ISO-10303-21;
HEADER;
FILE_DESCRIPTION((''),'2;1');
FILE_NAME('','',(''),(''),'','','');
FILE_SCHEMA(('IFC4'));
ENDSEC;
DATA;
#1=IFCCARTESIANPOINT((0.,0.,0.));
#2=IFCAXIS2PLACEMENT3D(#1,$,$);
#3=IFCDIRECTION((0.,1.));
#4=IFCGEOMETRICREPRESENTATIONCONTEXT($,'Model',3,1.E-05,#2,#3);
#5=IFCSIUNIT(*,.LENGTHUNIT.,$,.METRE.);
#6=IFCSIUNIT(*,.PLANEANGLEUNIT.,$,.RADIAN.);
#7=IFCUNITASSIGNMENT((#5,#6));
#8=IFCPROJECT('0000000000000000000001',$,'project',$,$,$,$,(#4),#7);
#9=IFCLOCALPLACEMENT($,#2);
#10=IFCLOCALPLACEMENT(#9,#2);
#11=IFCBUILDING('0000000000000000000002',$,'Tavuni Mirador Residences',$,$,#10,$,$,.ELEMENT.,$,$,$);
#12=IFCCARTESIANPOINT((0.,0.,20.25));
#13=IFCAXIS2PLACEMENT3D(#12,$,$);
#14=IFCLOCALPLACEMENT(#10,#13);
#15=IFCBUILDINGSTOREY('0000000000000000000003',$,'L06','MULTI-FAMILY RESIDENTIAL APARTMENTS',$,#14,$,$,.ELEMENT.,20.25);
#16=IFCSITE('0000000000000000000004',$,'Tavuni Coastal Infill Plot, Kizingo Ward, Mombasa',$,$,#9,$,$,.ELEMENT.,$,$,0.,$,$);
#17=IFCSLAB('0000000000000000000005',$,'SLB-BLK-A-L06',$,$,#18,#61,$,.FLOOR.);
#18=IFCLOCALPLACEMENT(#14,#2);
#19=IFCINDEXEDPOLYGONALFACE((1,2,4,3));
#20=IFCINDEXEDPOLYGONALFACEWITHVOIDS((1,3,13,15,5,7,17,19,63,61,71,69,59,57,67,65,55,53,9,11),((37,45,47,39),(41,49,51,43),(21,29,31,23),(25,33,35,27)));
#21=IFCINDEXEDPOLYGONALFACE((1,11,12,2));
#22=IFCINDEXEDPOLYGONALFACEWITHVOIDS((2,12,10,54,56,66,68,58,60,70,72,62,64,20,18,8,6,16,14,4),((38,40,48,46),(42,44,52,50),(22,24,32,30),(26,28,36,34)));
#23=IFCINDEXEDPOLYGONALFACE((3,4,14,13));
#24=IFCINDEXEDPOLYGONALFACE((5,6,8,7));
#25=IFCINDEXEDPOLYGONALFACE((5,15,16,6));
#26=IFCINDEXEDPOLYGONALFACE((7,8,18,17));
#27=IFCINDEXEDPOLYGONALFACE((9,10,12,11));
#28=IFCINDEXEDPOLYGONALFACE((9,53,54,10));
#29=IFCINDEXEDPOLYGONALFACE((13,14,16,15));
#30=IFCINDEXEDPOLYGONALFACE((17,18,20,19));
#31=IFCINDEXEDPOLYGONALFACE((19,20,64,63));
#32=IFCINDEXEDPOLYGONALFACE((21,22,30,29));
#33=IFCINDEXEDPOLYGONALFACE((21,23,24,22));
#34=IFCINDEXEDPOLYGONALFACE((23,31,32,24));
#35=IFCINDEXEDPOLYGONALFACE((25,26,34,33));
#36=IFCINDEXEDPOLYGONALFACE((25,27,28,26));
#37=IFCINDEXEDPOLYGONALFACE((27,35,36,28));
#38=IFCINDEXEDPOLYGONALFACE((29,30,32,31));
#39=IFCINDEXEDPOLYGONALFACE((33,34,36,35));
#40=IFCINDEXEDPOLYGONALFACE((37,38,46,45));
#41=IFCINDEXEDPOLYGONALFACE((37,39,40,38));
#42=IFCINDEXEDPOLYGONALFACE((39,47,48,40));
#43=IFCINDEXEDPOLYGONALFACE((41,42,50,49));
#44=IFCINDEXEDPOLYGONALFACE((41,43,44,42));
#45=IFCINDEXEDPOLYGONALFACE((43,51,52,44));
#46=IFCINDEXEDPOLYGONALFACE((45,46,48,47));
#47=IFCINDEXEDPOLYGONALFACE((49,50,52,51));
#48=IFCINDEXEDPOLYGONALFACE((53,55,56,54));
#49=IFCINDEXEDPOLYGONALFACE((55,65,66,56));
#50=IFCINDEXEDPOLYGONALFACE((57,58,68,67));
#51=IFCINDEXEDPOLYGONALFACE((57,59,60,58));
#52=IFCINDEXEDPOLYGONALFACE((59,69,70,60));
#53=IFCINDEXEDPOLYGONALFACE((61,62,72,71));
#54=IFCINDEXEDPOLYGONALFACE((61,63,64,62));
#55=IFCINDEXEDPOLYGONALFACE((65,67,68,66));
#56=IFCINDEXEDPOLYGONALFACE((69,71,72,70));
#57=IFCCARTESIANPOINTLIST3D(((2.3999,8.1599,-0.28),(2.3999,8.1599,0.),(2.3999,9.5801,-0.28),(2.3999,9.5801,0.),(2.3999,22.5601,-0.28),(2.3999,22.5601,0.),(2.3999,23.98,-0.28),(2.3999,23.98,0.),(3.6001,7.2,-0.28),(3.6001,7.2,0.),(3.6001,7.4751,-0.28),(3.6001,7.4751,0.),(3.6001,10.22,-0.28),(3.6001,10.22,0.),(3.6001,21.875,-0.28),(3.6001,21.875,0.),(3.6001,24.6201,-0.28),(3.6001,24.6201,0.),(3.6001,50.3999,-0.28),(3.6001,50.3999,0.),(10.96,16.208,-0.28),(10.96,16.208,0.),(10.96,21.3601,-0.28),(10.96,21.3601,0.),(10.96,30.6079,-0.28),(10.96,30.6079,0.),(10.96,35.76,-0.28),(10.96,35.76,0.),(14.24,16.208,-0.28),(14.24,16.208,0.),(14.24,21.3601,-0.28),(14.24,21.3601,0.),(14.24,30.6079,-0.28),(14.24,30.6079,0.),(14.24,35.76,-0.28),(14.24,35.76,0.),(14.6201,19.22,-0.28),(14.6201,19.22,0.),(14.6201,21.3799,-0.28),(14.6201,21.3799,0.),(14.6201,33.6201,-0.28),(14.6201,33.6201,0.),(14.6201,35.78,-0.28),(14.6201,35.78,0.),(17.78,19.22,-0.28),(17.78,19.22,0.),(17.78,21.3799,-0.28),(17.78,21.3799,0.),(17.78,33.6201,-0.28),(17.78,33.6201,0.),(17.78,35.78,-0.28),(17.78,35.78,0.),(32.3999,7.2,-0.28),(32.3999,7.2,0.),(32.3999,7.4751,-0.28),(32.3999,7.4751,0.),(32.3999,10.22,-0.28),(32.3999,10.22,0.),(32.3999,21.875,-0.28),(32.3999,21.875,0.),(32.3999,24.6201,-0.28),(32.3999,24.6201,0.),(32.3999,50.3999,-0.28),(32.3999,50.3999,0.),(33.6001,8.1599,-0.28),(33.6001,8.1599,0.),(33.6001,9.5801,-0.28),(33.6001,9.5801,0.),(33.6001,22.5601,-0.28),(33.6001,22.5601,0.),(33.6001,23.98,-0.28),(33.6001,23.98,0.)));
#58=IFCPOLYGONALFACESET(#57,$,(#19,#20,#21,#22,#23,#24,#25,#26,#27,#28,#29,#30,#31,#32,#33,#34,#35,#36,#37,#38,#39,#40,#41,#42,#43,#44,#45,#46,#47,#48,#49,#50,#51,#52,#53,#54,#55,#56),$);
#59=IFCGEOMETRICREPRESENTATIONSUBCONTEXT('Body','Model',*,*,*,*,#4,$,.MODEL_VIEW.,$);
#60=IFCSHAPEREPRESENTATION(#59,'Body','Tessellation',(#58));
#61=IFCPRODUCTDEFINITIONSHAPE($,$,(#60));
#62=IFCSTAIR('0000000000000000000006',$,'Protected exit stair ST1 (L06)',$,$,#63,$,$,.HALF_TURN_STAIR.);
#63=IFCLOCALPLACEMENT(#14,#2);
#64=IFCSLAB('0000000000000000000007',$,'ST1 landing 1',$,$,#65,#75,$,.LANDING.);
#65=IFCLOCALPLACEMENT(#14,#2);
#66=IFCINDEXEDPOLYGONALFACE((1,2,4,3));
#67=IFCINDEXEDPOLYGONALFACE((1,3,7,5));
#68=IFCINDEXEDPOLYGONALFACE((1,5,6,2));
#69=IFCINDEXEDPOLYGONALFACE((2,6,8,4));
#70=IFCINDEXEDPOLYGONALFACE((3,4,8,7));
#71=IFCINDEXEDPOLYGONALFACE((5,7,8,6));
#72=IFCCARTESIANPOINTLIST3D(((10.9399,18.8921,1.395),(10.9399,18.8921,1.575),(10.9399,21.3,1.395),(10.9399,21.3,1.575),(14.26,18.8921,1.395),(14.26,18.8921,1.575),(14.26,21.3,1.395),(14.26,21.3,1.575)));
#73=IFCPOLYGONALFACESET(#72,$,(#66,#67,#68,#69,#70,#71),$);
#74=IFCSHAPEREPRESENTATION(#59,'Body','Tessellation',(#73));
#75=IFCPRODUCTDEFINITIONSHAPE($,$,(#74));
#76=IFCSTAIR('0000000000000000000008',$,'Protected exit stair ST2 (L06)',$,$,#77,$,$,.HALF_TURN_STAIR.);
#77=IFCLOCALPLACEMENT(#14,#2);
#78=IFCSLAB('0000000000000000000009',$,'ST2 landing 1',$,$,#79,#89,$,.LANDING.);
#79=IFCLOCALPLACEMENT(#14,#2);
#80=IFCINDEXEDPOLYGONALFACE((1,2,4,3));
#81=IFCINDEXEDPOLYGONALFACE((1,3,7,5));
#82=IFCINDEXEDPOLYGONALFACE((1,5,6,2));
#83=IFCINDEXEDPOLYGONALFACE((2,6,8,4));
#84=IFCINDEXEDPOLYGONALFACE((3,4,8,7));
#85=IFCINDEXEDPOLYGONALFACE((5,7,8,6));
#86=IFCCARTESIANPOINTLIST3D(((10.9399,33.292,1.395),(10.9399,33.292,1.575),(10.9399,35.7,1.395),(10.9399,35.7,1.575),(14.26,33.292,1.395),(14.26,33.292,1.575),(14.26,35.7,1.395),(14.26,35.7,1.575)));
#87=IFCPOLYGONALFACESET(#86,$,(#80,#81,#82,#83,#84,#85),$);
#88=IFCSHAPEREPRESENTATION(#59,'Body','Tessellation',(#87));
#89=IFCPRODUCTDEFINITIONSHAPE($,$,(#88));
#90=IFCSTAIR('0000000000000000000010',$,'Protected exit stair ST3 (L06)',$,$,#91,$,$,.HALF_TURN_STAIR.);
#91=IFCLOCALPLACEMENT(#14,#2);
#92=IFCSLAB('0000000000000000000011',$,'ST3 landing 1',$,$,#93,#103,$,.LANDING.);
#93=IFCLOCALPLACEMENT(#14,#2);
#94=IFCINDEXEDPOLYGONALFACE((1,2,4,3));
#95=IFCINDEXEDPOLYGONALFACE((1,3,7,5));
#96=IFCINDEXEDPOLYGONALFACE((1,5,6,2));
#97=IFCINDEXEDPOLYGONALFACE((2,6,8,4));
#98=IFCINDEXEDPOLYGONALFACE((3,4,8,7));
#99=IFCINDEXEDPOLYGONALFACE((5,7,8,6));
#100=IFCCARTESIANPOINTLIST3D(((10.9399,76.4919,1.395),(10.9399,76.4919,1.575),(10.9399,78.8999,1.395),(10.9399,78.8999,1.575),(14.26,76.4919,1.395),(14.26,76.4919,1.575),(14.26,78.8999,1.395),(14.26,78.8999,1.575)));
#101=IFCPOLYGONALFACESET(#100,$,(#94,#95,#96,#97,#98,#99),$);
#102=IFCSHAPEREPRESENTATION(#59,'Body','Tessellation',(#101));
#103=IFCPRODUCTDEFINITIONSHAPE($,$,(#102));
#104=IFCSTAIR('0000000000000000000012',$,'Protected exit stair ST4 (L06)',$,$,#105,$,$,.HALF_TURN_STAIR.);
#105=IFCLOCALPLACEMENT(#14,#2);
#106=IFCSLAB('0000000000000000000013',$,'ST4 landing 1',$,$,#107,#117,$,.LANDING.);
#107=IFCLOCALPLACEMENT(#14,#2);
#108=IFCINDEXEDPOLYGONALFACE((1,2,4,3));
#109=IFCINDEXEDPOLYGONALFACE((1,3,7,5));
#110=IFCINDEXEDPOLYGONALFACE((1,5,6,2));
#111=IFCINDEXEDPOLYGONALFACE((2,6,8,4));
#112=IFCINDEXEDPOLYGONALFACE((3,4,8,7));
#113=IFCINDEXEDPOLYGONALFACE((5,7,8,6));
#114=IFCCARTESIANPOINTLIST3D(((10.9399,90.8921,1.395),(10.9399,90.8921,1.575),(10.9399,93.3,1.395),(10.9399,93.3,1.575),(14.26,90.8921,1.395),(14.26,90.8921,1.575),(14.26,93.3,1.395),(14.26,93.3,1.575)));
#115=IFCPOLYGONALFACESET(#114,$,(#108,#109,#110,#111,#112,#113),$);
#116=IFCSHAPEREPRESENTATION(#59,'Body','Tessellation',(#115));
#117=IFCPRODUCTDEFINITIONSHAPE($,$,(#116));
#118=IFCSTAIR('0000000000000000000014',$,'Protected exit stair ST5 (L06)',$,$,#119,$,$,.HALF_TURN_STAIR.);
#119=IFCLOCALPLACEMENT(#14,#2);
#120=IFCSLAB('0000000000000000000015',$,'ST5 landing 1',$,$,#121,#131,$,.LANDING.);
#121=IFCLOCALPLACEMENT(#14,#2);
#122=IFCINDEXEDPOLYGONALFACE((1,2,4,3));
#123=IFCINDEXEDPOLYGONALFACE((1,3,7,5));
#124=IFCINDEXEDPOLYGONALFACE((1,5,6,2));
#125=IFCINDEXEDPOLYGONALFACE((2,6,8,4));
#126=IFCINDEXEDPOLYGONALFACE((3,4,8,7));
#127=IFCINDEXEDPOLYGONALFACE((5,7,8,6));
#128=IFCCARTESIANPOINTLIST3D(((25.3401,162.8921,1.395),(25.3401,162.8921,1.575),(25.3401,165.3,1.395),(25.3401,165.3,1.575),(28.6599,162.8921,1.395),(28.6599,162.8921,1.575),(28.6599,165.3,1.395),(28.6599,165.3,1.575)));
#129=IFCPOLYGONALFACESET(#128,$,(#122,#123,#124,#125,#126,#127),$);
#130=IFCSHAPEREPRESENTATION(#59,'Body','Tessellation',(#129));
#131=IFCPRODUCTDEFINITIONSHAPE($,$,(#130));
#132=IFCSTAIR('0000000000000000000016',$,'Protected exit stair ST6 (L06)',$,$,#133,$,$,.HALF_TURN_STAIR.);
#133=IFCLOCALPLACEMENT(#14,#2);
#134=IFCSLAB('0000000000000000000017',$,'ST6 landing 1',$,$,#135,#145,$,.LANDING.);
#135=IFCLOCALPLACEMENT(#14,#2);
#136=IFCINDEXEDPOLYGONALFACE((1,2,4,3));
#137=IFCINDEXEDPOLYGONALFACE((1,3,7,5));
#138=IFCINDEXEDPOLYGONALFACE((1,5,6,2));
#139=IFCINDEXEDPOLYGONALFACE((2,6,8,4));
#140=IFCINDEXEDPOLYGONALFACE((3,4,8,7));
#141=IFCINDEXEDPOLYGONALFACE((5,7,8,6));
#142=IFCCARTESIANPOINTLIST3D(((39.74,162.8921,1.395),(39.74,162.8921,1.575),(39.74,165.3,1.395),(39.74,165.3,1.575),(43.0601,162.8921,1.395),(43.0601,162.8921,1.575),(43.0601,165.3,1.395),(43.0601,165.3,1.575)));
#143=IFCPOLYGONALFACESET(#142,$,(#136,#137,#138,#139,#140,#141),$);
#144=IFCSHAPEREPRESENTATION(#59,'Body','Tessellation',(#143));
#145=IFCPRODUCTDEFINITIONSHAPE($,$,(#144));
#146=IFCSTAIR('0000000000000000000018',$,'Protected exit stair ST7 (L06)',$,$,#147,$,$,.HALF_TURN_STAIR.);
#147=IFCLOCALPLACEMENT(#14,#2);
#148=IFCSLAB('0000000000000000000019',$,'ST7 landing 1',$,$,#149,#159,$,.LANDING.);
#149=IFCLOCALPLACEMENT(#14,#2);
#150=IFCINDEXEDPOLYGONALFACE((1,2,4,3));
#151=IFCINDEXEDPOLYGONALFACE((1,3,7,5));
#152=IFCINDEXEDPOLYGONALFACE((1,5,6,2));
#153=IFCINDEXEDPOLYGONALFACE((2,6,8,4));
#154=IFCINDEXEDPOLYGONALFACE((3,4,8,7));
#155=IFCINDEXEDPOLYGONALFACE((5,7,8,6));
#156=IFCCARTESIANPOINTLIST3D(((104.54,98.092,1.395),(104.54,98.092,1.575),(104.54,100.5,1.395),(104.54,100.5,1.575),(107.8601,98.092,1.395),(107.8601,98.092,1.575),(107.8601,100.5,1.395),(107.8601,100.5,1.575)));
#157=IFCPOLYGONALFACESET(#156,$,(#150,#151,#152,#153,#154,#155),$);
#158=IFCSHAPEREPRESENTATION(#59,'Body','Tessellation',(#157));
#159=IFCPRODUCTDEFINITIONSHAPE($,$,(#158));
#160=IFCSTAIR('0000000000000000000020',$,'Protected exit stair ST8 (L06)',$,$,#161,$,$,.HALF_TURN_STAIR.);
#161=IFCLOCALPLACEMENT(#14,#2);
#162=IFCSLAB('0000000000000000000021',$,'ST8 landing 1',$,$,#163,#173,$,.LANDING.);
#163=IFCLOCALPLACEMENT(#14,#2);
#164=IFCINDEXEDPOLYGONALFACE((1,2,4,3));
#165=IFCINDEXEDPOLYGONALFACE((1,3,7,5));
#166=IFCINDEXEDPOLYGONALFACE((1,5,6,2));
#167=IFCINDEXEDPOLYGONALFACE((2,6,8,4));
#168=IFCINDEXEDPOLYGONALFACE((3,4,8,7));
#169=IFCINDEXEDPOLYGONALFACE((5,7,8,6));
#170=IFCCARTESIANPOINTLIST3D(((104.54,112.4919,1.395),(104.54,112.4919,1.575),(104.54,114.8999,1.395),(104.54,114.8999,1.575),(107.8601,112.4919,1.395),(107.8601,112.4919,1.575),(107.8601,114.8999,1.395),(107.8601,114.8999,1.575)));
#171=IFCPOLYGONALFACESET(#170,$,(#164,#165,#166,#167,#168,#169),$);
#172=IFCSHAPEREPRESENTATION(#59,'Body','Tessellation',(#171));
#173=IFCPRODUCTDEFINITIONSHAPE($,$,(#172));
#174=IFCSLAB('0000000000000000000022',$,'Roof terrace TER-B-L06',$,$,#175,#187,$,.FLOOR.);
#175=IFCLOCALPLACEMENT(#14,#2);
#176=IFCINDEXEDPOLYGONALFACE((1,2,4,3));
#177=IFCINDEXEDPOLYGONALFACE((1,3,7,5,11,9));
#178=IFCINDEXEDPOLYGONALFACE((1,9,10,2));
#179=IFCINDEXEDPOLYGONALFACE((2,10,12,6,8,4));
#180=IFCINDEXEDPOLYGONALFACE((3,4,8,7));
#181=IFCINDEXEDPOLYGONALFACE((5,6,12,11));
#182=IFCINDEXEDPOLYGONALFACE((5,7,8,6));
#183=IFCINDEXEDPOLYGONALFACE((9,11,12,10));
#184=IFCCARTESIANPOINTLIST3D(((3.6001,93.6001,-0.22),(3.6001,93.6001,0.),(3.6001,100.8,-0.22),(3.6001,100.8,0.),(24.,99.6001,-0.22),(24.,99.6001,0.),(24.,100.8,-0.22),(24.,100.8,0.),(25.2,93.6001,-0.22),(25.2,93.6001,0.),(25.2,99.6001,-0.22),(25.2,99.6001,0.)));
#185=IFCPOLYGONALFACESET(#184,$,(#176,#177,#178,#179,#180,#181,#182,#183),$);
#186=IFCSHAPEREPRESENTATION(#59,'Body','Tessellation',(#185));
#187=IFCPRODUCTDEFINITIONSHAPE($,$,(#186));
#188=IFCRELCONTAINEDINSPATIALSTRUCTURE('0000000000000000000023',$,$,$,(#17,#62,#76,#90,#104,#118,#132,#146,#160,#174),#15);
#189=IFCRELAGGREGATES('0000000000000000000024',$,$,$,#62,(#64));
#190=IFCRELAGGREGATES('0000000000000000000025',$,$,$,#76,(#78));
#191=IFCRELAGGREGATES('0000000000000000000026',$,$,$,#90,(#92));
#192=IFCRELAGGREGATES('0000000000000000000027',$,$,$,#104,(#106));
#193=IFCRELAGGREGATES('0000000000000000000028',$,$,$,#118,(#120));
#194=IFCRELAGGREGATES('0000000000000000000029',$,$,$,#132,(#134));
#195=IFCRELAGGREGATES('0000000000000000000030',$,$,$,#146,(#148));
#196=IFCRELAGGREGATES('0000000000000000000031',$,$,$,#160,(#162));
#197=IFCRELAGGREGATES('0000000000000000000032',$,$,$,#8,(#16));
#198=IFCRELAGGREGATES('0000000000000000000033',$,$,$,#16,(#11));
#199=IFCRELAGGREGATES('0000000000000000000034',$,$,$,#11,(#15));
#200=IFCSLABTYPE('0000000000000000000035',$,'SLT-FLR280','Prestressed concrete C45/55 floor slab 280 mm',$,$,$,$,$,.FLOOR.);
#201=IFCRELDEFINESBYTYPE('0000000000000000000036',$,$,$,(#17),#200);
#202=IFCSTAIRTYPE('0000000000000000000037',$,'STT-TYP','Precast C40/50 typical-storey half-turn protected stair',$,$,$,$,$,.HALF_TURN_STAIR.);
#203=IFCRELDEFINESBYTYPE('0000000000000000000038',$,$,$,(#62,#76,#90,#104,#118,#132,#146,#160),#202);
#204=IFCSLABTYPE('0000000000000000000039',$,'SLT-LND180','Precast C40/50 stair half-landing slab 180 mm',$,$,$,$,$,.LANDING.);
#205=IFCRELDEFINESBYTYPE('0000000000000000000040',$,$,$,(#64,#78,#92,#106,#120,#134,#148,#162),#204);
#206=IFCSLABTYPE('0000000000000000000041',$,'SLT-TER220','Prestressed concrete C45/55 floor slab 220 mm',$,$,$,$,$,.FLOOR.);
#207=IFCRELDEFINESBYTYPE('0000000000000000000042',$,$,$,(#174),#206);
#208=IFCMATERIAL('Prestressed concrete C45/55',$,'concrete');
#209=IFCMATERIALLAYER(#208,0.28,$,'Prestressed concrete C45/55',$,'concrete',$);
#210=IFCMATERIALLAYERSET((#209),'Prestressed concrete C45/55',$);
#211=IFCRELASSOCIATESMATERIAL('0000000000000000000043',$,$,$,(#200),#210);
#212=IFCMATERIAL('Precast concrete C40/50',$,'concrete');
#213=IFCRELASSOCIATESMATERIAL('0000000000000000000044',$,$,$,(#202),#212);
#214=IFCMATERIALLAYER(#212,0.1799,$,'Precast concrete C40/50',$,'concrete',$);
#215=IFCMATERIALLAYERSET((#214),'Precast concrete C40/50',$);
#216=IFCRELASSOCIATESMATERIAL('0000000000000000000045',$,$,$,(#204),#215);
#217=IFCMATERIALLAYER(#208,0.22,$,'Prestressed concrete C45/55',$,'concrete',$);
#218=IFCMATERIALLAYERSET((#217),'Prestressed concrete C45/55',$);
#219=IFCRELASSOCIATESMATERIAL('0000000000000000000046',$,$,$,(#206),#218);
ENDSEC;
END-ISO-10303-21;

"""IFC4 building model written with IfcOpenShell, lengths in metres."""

from ifc_helpers import new_model, si_unit, direction, frame, origin, place, context, subcontext, project, spatial, polyline, outline, extrude, material, layer, layer_set, type_object, element, aggregate, save


model = new_model("IFC4")

# Units and contexts
model_context = context("Model", 3, precision=1e-05, world=origin(), true_north=direction((0.0, 1.0)))
body_context = subcontext(model_context, "Body", "Model", "MODEL_VIEW")
ifc_project = project(units=[si_unit("LENGTHUNIT", "METRE"), si_unit("PLANEANGLEUNIT", "RADIAN")], contexts=[model_context])

# Site, building, storey
site_placement = place(None, origin())
site = spatial("IfcSite", under=ifc_project, at=site_placement, Name="Tavuni Coastal Infill Plot, Kizingo Ward, Mombasa", CompositionType="ELEMENT", RefElevation=0.0)
building_placement = place(site_placement, origin())
building = spatial("IfcBuilding", under=site, at=building_placement, Name="Tavuni Mirador Residences", CompositionType="ELEMENT")
storey_placement = place(building_placement, frame((0.0, 0.0, 20.25)))
storey = spatial("IfcBuildingStorey", under=building, at=storey_placement, Name="L06", Description="MULTI-FAMILY RESIDENTIAL APARTMENTS", CompositionType="ELEMENT", Elevation=20.25)

# Slab
ifc_material_1 = material(Name="Prestressed concrete C45/55", Category="concrete")
ifc_layer_1 = layer(ifc_material_1, 0.28, Name="Prestressed concrete C45/55", Category="concrete")
ifc_layer_set_1 = layer_set([ifc_layer_1], Name="Prestressed concrete C45/55")
slab_type_1 = type_object("IfcSlabType", Name="SLT-FLR280", Description="Prestressed concrete C45/55 floor slab 280 mm", PredefinedType="FLOOR", material=ifc_layer_set_1)
slab_1_placement = place(storey_placement, frame((0.0, 0.0, -0.28)))
element("IfcSlab", 1, at=slab_1_placement, inside=storey, type_object=slab_type_1, Name="SLB-BLK-A-L06", PredefinedType="FLOOR", context=body_context, shape_type="SweptSolid", body=[
    extrude(outline(polyline([(3.6001, 7.2), (32.3999, 7.2), (32.3999, 7.4751), (33.6001, 8.1599), (33.6001, 9.5801), (32.3999, 10.22), (32.3999, 21.875), (33.6001, 22.5601), (33.6001, 23.98), (32.3999, 24.6201), (32.3999, 50.3999), (3.6001, 50.3999), (3.6001, 24.6201), (2.3999, 23.98), (2.3999, 22.5601), (3.6001, 21.875), (3.6001, 10.22), (2.3999, 9.5801), (2.3999, 8.1599), (3.6001, 7.4751), (3.6001, 7.2)]), holes=[polyline([(10.96, 16.208), (14.24, 16.208), (14.24, 21.3601), (10.96, 21.3601), (10.96, 16.208)]), polyline([(14.6201, 19.22), (17.78, 19.22), (17.78, 21.3799), (14.6201, 21.3799), (14.6201, 19.22)]), polyline([(10.96, 30.6079), (14.24, 30.6079), (14.24, 35.76), (10.96, 35.76), (10.96, 30.6079)]), polyline([(14.6201, 33.6201), (17.78, 33.6201), (17.78, 35.78), (14.6201, 35.78), (14.6201, 33.6201)])]), origin(), (0.0, 0.0, 1.0), 0.28),
])

# Stairs, slabs
ifc_material_2 = material(Name="Precast concrete C40/50", Category="concrete")
stair_type = type_object("IfcStairType", Name="STT-TYP", Description="Precast C40/50 typical-storey half-turn protected stair", PredefinedType="HALF_TURN_STAIR", material=ifc_material_2)
stair_1_placement = place(storey_placement, origin())
stair_1 = element("IfcStair", 2, at=stair_1_placement, inside=storey, type_object=stair_type, Name="Protected exit stair ST1 (L06)", PredefinedType="HALF_TURN_STAIR")
ifc_layer_2 = layer(ifc_material_2, 0.1799, Name="Precast concrete C40/50", Category="concrete")
ifc_layer_set_2 = layer_set([ifc_layer_2], Name="Precast concrete C40/50")
slab_type_2 = type_object("IfcSlabType", Name="SLT-LND180", Description="Precast C40/50 stair half-landing slab 180 mm", PredefinedType="LANDING", material=ifc_layer_set_2)
slab_2_placement = place(storey_placement, frame((0.0, 0.0, 1.395)))
slab_2 = element("IfcSlab", 3, at=slab_2_placement, type_object=slab_type_2, Name="ST1 landing 1", PredefinedType="LANDING", context=body_context, shape_type="SweptSolid", body=[
    extrude(outline(polyline([(10.9399, 18.8921), (14.26, 18.8921), (14.26, 21.3), (10.9399, 21.3), (10.9399, 18.8921)])), origin(), (0.0, 0.0, 1.0), 0.1799),
])
aggregate(stair_1, [slab_2])
stair_2_placement = place(storey_placement, origin())
stair_2 = element("IfcStair", 4, at=stair_2_placement, inside=storey, type_object=stair_type, Name="Protected exit stair ST2 (L06)", PredefinedType="HALF_TURN_STAIR")
slab_3_placement = place(storey_placement, frame((0.0, 0.0, 1.395)))
slab_3 = element("IfcSlab", 5, at=slab_3_placement, type_object=slab_type_2, Name="ST2 landing 1", PredefinedType="LANDING", context=body_context, shape_type="SweptSolid", body=[
    extrude(outline(polyline([(10.9399, 33.292), (14.26, 33.292), (14.26, 35.7), (10.9399, 35.7), (10.9399, 33.292)])), origin(), (0.0, 0.0, 1.0), 0.1799),
])
aggregate(stair_2, [slab_3])
stair_3_placement = place(storey_placement, origin())
stair_3 = element("IfcStair", 6, at=stair_3_placement, inside=storey, type_object=stair_type, Name="Protected exit stair ST3 (L06)", PredefinedType="HALF_TURN_STAIR")
slab_4_placement = place(storey_placement, frame((0.0, 0.0, 1.395)))
slab_4 = element("IfcSlab", 7, at=slab_4_placement, type_object=slab_type_2, Name="ST3 landing 1", PredefinedType="LANDING", context=body_context, shape_type="SweptSolid", body=[
    extrude(outline(polyline([(10.9399, 76.4919), (14.26, 76.4919), (14.26, 78.8999), (10.9399, 78.8999), (10.9399, 76.4919)])), origin(), (0.0, 0.0, 1.0), 0.1799),
])
aggregate(stair_3, [slab_4])
stair_4_placement = place(storey_placement, origin())
stair_4 = element("IfcStair", 8, at=stair_4_placement, inside=storey, type_object=stair_type, Name="Protected exit stair ST4 (L06)", PredefinedType="HALF_TURN_STAIR")
slab_5_placement = place(storey_placement, frame((0.0, 0.0, 1.395)))
slab_5 = element("IfcSlab", 9, at=slab_5_placement, type_object=slab_type_2, Name="ST4 landing 1", PredefinedType="LANDING", context=body_context, shape_type="SweptSolid", body=[
    extrude(outline(polyline([(10.9399, 90.8921), (14.26, 90.8921), (14.26, 93.3), (10.9399, 93.3), (10.9399, 90.8921)])), origin(), (0.0, 0.0, 1.0), 0.1799),
])
aggregate(stair_4, [slab_5])
stair_5_placement = place(storey_placement, origin())
stair_5 = element("IfcStair", 10, at=stair_5_placement, inside=storey, type_object=stair_type, Name="Protected exit stair ST5 (L06)", PredefinedType="HALF_TURN_STAIR")
slab_6_placement = place(storey_placement, frame((0.0, 0.0, 1.395)))
slab_6 = element("IfcSlab", 11, at=slab_6_placement, type_object=slab_type_2, Name="ST5 landing 1", PredefinedType="LANDING", context=body_context, shape_type="SweptSolid", body=[
    extrude(outline(polyline([(25.3401, 162.8921), (28.6599, 162.8921), (28.6599, 165.3), (25.3401, 165.3), (25.3401, 162.8921)])), origin(), (0.0, 0.0, 1.0), 0.1799),
])
aggregate(stair_5, [slab_6])
stair_6_placement = place(storey_placement, origin())
stair_6 = element("IfcStair", 12, at=stair_6_placement, inside=storey, type_object=stair_type, Name="Protected exit stair ST6 (L06)", PredefinedType="HALF_TURN_STAIR")
slab_7_placement = place(storey_placement, frame((0.0, 0.0, 1.395)))
slab_7 = element("IfcSlab", 13, at=slab_7_placement, type_object=slab_type_2, Name="ST6 landing 1", PredefinedType="LANDING", context=body_context, shape_type="SweptSolid", body=[
    extrude(outline(polyline([(39.74, 162.8921), (43.0601, 162.8921), (43.0601, 165.3), (39.74, 165.3), (39.74, 162.8921)])), origin(), (0.0, 0.0, 1.0), 0.1799),
])
aggregate(stair_6, [slab_7])
stair_7_placement = place(storey_placement, origin())
stair_7 = element("IfcStair", 14, at=stair_7_placement, inside=storey, type_object=stair_type, Name="Protected exit stair ST7 (L06)", PredefinedType="HALF_TURN_STAIR")
slab_8_placement = place(storey_placement, frame((0.0, 0.0, 1.395)))
slab_8 = element("IfcSlab", 15, at=slab_8_placement, type_object=slab_type_2, Name="ST7 landing 1", PredefinedType="LANDING", context=body_context, shape_type="SweptSolid", body=[
    extrude(outline(polyline([(104.54, 98.092), (107.8601, 98.092), (107.8601, 100.5), (104.54, 100.5), (104.54, 98.092)])), origin(), (0.0, 0.0, 1.0), 0.1799),
])
aggregate(stair_7, [slab_8])
stair_8_placement = place(storey_placement, origin())
stair_8 = element("IfcStair", 16, at=stair_8_placement, inside=storey, type_object=stair_type, Name="Protected exit stair ST8 (L06)", PredefinedType="HALF_TURN_STAIR")
slab_9_placement = place(storey_placement, frame((0.0, 0.0, 1.395)))
slab_9 = element("IfcSlab", 17, at=slab_9_placement, type_object=slab_type_2, Name="ST8 landing 1", PredefinedType="LANDING", context=body_context, shape_type="SweptSolid", body=[
    extrude(outline(polyline([(104.54, 112.4919), (107.8601, 112.4919), (107.8601, 114.8999), (104.54, 114.8999), (104.54, 112.4919)])), origin(), (0.0, 0.0, 1.0), 0.1799),
])
aggregate(stair_8, [slab_9])

# Slab
ifc_layer_3 = layer(ifc_material_1, 0.22, Name="Prestressed concrete C45/55", Category="concrete")
ifc_layer_set_3 = layer_set([ifc_layer_3], Name="Prestressed concrete C45/55")
slab_type_3 = type_object("IfcSlabType", Name="SLT-TER220", Description="Prestressed concrete C45/55 floor slab 220 mm", PredefinedType="FLOOR", material=ifc_layer_set_3)
slab_10_placement = place(storey_placement, frame((0.0, 0.0, -0.22)))
element("IfcSlab", 18, at=slab_10_placement, inside=storey, type_object=slab_type_3, Name="Roof terrace TER-B-L06", PredefinedType="FLOOR", context=body_context, shape_type="SweptSolid", body=[
    extrude(outline(polyline([(3.6001, 93.6001), (25.2, 93.6001), (25.2, 99.6001), (24.0, 99.6001), (24.0, 100.8), (3.6001, 100.8), (3.6001, 93.6001)])), origin(), (0.0, 0.0, 1.0), 0.22),
])

save(model, "model.ifc")
